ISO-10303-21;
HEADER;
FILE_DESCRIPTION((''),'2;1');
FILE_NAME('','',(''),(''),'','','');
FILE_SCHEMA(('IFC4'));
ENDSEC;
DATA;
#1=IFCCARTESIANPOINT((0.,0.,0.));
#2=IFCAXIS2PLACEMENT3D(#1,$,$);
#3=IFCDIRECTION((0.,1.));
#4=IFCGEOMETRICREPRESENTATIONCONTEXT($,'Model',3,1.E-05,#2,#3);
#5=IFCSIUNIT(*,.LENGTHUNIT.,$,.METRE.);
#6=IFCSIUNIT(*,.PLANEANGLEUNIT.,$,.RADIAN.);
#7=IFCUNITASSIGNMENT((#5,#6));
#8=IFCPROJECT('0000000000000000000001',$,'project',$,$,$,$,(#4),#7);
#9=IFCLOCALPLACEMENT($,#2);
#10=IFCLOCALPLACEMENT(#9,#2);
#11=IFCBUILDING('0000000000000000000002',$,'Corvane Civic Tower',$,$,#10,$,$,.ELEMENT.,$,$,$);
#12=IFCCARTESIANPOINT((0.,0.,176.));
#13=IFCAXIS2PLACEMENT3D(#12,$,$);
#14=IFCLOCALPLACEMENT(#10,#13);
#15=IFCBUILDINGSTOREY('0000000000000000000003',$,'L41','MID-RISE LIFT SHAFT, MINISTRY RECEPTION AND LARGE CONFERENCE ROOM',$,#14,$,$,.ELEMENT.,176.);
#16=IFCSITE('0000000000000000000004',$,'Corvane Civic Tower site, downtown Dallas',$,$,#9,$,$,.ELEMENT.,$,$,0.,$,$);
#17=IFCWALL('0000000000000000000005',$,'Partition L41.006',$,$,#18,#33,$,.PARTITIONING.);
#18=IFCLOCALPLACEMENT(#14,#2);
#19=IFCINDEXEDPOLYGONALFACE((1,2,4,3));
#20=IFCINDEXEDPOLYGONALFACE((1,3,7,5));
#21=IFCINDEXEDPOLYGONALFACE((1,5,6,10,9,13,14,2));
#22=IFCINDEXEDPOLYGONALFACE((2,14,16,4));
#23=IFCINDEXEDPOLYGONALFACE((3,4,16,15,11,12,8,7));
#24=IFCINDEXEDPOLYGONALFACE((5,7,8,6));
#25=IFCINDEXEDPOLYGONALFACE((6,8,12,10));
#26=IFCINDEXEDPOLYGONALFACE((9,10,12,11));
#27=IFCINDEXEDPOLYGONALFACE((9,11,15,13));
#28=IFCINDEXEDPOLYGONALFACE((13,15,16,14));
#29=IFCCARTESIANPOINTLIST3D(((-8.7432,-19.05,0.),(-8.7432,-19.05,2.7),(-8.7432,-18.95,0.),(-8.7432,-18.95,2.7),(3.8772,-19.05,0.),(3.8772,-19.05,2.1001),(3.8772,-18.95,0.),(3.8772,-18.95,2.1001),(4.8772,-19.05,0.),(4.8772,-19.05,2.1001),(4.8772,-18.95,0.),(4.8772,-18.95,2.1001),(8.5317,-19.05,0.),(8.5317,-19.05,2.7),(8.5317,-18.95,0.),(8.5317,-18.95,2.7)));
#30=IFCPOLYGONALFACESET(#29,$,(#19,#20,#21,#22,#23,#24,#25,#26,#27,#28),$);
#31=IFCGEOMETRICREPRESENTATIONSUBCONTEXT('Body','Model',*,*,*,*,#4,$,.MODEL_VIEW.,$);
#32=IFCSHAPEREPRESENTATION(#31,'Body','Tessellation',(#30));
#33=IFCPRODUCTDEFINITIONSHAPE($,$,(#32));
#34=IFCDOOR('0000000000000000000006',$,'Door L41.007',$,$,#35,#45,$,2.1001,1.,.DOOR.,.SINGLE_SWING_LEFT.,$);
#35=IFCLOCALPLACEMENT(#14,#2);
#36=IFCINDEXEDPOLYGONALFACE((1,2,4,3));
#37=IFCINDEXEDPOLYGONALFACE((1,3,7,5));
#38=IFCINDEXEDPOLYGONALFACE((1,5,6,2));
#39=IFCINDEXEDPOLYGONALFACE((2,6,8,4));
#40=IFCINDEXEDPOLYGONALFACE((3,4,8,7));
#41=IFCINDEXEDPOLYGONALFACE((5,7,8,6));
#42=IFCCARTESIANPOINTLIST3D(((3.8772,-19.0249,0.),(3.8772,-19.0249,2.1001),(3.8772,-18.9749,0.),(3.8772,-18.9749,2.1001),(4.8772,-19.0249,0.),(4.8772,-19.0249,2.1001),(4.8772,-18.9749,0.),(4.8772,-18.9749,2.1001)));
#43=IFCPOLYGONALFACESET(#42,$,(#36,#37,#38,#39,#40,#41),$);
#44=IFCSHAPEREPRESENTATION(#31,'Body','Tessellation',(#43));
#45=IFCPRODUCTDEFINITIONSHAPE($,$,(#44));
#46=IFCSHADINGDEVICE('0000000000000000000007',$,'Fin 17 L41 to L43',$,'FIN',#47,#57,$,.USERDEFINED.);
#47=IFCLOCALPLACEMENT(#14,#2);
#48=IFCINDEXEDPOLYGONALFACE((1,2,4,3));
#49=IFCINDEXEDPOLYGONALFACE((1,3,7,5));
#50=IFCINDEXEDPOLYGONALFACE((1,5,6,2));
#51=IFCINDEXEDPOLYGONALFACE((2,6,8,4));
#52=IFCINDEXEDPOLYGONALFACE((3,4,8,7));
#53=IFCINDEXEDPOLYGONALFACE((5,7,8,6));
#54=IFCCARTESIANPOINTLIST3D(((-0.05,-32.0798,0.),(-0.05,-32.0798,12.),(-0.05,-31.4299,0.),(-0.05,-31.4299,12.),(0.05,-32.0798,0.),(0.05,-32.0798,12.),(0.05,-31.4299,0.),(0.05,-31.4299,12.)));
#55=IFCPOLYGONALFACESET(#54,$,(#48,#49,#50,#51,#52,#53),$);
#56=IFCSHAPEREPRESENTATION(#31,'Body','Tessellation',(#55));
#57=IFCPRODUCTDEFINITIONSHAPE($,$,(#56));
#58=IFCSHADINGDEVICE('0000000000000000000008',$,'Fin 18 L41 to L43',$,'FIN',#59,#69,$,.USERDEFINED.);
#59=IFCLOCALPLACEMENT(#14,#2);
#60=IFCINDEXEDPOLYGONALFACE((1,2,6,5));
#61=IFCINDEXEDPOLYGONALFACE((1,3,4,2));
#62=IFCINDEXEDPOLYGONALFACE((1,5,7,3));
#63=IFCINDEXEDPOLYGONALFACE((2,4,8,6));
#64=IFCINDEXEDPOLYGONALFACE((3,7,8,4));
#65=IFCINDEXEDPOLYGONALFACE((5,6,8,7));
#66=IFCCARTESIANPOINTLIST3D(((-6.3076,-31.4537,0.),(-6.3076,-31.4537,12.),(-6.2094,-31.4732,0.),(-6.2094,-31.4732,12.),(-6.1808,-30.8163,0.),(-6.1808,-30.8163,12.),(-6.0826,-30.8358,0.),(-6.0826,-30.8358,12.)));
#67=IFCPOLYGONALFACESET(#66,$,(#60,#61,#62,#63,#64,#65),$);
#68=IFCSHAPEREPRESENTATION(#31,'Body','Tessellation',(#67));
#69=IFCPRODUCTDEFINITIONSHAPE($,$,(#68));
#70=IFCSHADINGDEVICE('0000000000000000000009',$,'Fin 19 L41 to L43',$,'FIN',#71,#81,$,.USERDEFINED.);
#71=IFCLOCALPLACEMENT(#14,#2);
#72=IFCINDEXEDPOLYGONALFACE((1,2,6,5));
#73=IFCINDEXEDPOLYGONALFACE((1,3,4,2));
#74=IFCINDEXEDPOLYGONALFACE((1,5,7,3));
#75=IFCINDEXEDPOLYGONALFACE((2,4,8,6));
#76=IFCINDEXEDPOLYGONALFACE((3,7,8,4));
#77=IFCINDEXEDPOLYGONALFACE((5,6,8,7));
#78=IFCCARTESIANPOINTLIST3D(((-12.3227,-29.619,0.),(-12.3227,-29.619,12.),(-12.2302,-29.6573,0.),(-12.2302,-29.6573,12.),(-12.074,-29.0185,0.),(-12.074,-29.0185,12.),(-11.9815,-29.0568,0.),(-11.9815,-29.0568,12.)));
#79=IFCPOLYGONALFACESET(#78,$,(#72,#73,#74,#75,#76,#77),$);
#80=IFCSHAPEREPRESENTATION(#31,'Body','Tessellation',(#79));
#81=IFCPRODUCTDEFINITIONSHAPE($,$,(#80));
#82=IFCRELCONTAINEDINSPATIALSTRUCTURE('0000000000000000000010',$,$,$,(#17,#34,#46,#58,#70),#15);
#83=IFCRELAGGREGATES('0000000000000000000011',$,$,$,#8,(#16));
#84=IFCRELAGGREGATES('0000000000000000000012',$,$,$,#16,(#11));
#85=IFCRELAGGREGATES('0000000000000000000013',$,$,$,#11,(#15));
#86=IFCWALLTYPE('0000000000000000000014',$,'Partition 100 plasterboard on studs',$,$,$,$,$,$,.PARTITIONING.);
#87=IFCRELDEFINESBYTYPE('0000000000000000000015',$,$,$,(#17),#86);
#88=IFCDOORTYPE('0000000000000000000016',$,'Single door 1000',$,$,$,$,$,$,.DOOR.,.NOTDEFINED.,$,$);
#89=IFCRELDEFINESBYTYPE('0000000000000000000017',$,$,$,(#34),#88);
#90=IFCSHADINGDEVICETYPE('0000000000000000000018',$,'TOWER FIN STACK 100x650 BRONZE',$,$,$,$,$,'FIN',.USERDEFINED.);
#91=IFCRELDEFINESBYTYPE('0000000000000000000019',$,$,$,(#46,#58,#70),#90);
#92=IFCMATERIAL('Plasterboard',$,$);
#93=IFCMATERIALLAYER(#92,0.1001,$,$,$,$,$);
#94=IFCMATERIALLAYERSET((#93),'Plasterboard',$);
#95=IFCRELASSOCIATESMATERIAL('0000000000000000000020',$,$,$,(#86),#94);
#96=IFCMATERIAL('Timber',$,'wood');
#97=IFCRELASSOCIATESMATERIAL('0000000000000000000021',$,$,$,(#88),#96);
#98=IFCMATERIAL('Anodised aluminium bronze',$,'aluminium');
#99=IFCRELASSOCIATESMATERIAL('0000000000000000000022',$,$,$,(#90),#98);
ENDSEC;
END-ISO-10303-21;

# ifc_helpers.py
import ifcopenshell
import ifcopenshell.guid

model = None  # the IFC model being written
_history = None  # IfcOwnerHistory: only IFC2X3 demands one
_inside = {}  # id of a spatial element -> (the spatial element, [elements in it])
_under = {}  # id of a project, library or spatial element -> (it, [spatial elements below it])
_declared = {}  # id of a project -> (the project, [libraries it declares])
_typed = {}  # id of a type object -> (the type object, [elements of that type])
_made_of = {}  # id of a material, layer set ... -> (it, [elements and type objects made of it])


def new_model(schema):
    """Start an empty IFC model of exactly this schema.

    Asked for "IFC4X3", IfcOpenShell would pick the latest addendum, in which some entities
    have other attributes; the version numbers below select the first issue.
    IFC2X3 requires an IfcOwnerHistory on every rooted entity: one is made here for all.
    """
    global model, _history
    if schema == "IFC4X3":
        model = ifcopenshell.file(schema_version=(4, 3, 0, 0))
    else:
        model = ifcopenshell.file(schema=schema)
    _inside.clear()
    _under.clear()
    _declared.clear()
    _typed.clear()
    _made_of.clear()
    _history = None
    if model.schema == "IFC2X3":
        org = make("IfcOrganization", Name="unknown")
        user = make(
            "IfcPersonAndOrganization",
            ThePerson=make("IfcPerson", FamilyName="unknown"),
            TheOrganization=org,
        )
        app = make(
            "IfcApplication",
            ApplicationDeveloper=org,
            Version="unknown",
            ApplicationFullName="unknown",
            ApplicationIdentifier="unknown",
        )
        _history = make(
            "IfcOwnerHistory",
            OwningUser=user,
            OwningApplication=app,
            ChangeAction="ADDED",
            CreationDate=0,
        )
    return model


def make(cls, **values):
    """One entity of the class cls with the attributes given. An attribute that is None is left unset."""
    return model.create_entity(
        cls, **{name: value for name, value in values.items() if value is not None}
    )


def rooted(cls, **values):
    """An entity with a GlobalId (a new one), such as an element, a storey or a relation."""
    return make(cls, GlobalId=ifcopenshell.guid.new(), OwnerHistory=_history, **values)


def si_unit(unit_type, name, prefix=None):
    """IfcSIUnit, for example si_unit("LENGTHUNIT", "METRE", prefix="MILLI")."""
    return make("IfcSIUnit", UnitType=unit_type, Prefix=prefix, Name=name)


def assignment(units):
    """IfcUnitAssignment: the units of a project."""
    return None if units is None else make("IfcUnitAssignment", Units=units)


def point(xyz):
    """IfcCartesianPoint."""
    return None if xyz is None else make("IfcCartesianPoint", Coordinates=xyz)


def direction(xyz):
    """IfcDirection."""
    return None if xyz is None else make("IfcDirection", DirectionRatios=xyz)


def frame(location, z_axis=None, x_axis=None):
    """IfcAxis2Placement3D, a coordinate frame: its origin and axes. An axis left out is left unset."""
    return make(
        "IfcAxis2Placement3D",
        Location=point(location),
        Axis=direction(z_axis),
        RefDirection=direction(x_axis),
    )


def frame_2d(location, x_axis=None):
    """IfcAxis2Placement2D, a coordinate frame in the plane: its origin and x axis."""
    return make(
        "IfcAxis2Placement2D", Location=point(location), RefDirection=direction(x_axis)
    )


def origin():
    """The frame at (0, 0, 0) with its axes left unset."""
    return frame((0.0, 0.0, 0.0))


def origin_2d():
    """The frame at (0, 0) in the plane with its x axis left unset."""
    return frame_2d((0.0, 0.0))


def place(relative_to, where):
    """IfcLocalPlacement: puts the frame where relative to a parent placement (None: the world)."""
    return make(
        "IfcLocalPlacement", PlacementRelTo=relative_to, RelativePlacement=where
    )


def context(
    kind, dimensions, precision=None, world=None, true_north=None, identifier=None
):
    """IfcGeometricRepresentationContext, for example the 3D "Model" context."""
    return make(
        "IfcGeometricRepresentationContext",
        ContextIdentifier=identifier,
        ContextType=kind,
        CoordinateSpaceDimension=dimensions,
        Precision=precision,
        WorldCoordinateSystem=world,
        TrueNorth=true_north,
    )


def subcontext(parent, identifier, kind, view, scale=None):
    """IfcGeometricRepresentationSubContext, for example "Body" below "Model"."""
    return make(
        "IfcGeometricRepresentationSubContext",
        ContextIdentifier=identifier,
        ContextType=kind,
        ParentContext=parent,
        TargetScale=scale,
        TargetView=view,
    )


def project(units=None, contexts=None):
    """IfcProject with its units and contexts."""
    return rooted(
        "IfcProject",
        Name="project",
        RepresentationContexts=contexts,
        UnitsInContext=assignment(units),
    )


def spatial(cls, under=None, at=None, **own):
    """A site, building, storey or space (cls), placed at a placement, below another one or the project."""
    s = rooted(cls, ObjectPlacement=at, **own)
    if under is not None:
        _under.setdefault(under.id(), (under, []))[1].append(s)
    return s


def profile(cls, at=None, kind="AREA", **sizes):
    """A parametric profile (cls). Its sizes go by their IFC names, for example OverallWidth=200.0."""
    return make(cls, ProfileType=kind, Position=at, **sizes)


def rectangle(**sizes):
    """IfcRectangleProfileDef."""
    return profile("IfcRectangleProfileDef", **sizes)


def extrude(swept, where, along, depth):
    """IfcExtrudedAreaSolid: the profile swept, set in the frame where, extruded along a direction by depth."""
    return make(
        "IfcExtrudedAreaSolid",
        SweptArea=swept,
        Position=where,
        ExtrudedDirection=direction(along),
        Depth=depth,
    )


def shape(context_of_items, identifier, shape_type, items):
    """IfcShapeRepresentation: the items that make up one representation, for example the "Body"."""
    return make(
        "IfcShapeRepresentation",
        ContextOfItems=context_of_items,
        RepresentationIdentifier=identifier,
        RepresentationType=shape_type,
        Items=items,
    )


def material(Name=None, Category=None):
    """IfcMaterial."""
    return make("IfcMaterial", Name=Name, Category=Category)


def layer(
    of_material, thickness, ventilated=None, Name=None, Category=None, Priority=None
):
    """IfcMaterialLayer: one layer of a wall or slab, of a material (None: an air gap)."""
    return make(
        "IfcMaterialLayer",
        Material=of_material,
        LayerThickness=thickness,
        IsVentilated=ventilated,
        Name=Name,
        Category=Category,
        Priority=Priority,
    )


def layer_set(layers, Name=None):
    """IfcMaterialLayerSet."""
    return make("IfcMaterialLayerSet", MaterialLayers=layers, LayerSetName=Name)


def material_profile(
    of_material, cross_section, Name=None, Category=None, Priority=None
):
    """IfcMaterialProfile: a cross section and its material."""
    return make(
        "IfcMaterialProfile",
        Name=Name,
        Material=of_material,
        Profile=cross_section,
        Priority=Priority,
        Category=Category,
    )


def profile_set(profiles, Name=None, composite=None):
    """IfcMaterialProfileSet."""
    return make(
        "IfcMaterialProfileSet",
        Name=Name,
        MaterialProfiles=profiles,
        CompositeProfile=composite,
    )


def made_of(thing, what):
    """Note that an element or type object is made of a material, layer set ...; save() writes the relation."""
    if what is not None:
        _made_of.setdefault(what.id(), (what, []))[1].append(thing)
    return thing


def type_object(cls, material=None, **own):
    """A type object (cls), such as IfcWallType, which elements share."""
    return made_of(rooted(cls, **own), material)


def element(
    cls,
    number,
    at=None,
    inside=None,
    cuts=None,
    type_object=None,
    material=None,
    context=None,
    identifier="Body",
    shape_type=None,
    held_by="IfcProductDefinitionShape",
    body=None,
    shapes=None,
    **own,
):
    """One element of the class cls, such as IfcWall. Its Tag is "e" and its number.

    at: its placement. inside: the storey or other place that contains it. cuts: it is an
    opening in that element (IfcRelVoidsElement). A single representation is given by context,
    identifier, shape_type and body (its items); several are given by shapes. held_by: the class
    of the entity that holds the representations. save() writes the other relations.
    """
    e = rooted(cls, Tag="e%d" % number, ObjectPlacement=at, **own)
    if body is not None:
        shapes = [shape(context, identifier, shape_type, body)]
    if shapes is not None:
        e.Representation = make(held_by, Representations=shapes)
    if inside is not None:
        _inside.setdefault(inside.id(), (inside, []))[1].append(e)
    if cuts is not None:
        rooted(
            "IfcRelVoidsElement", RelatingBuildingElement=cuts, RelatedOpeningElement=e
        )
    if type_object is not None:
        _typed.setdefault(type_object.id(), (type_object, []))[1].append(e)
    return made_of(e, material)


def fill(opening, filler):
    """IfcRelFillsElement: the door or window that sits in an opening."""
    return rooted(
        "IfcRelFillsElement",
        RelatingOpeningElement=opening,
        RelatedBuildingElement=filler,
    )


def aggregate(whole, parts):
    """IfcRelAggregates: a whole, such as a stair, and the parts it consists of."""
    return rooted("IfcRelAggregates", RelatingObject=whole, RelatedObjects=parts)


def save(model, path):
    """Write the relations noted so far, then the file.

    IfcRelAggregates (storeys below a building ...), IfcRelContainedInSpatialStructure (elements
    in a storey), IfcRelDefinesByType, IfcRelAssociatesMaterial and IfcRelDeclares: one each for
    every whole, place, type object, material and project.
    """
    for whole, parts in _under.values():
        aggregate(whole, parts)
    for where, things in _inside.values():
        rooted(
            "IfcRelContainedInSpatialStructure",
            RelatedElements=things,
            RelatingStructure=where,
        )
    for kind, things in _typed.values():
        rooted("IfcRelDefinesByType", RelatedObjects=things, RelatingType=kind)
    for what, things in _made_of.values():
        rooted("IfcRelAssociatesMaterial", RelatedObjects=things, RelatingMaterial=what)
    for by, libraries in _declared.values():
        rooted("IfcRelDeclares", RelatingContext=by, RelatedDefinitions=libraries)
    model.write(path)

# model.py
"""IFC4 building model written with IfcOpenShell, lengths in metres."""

from ifc_helpers import new_model, si_unit, direction, frame, frame_2d, origin, origin_2d, place, context, subcontext, project, spatial, rectangle, extrude, material, layer, layer_set, material_profile, profile_set, type_object, element, fill, save


model = new_model("IFC4")

# Units and contexts
model_context = context("Model", 3, precision=1e-05, world=origin(), true_north=direction((0.0, 1.0)))
body_context = subcontext(model_context, "Body", "Model", "MODEL_VIEW")
ifc_project = project(units=[si_unit("LENGTHUNIT", "METRE"), si_unit("PLANEANGLEUNIT", "RADIAN")], contexts=[model_context])

# Site, building, storey
site_placement = place(None, origin())
site = spatial("IfcSite", under=ifc_project, at=site_placement, Name="Corvane Civic Tower site, downtown Dallas", CompositionType="ELEMENT", RefElevation=0.0)
building_placement = place(site_placement, origin())
building = spatial("IfcBuilding", under=site, at=building_placement, Name="Corvane Civic Tower", CompositionType="ELEMENT")
storey_placement = place(building_placement, frame((0.0, 0.0, 176.0)))
storey = spatial("IfcBuildingStorey", under=building, at=storey_placement, Name="L41", Description="MID-RISE LIFT SHAFT, MINISTRY RECEPTION AND LARGE CONFERENCE ROOM", CompositionType="ELEMENT", Elevation=176.0)

# Wall, opening, door
ifc_material_1 = material(Name="Plasterboard")
ifc_layer_1 = layer(ifc_material_1, 0.1001)
ifc_layer_set_1 = layer_set([ifc_layer_1], Name="Plasterboard")
wall_type = type_object("IfcWallType", Name="Partition 100 plasterboard on studs", PredefinedType="PARTITIONING", material=ifc_layer_set_1)
wall_placement = place(storey_placement, frame((-8.7432, -19.0, 0.0), z_axis=(0.0, 0.0, 1.0), x_axis=(1.0, 0.0, 0.0)))
wall = element("IfcWall", 1, at=wall_placement, inside=storey, type_object=wall_type, Name="Partition L41.006", PredefinedType="PARTITIONING", context=body_context, shape_type="SweptSolid", body=[
    extrude(rectangle(XDim=17.2749, YDim=0.1001, at=frame_2d((8.6375, 0.0))), origin(), (0.0, 0.0, 1.0), 2.7),
])
opening_placement = place(wall_placement, frame((12.6204, 0.0, 0.0)))
opening = element("IfcOpeningElement", 2, at=opening_placement, cuts=wall, PredefinedType="OPENING", context=body_context, shape_type="SweptSolid", body=[
    extrude(rectangle(XDim=1.0, YDim=2.1001, at=frame_2d((0.5, 1.05))), frame((0.0, 0.0601, 0.0), z_axis=(0.0, -1.0, 0.0), x_axis=(1.0, 0.0, 0.0)), (0.0, 0.0, 1.0), 0.1201),
])
ifc_material_2 = material(Name="Timber", Category="wood")
door_type = type_object("IfcDoorType", Name="Single door 1000", OperationType="NOTDEFINED", PredefinedType="DOOR", material=ifc_material_2)
door_placement = place(opening_placement, frame((1.0, 0.0, 0.0), z_axis=(0.0, 0.0, 1.0), x_axis=(-1.0, 0.0, 0.0)))
door = element("IfcDoor", 3, at=door_placement, inside=storey, type_object=door_type, Name="Door L41.007", OperationType="SINGLE_SWING_LEFT", OverallHeight=2.1001, OverallWidth=1.0, PredefinedType="DOOR", context=body_context, shape_type="SweptSolid", body=[
    extrude(rectangle(XDim=1.0, YDim=2.1001, at=frame_2d((0.5, 1.05))), frame((0.0, 0.0249, 0.0), z_axis=(0.0, -1.0, 0.0), x_axis=(1.0, 0.0, 0.0)), (0.0, 0.0, 1.0), 0.05),
])
fill(opening, door)

# Shading devices
ifc_material_3 = material(Name="Anodised aluminium bronze", Category="aluminium")
ifc_material_profile_1 = material_profile(ifc_material_3, rectangle(XDim=0.1001, YDim=0.6499, at=origin_2d()), Name="TOWER FIN STACK 100x650 BRONZE")
ifc_profile_set_1 = profile_set([ifc_material_profile_1], Name="Anodised aluminium bronze")
shading_device_type = type_object("IfcShadingDeviceType", Name="TOWER FIN STACK 100x650 BRONZE", ElementType="FIN", PredefinedType="USERDEFINED", material=ifc_profile_set_1)
for number, where, z_axis, x_axis, name in (
    (4, (0.0, -31.7549, 0.0), (0.0, 0.0, 1.0), (-1.0, 0.0, 0.0), "Fin 17 L41 to L43"),
    (5, (-6.1951, -31.1448, 0.0), (0.0, 0.0, 1.0), (-0.980785, 0.19509, 0.0), "Fin 18 L41 to L43"),
    (6, (-12.1521, -29.3379, 0.0), (0.0, 0.0, 1.0), (-0.92388, 0.382683, 0.0), "Fin 19 L41 to L43"),
):
    element("IfcShadingDevice", number, at=place(storey_placement, frame(where, z_axis=z_axis, x_axis=x_axis)), inside=storey, type_object=shading_device_type, Name=name, ObjectType="FIN", PredefinedType="USERDEFINED", context=body_context, shape_type="SweptSolid", body=[
        extrude(rectangle(XDim=0.1001, YDim=0.6499, at=origin_2d()), origin(), (0.0, 0.0, 1.0), 12.0),
    ])

save(model, "model.ifc")
